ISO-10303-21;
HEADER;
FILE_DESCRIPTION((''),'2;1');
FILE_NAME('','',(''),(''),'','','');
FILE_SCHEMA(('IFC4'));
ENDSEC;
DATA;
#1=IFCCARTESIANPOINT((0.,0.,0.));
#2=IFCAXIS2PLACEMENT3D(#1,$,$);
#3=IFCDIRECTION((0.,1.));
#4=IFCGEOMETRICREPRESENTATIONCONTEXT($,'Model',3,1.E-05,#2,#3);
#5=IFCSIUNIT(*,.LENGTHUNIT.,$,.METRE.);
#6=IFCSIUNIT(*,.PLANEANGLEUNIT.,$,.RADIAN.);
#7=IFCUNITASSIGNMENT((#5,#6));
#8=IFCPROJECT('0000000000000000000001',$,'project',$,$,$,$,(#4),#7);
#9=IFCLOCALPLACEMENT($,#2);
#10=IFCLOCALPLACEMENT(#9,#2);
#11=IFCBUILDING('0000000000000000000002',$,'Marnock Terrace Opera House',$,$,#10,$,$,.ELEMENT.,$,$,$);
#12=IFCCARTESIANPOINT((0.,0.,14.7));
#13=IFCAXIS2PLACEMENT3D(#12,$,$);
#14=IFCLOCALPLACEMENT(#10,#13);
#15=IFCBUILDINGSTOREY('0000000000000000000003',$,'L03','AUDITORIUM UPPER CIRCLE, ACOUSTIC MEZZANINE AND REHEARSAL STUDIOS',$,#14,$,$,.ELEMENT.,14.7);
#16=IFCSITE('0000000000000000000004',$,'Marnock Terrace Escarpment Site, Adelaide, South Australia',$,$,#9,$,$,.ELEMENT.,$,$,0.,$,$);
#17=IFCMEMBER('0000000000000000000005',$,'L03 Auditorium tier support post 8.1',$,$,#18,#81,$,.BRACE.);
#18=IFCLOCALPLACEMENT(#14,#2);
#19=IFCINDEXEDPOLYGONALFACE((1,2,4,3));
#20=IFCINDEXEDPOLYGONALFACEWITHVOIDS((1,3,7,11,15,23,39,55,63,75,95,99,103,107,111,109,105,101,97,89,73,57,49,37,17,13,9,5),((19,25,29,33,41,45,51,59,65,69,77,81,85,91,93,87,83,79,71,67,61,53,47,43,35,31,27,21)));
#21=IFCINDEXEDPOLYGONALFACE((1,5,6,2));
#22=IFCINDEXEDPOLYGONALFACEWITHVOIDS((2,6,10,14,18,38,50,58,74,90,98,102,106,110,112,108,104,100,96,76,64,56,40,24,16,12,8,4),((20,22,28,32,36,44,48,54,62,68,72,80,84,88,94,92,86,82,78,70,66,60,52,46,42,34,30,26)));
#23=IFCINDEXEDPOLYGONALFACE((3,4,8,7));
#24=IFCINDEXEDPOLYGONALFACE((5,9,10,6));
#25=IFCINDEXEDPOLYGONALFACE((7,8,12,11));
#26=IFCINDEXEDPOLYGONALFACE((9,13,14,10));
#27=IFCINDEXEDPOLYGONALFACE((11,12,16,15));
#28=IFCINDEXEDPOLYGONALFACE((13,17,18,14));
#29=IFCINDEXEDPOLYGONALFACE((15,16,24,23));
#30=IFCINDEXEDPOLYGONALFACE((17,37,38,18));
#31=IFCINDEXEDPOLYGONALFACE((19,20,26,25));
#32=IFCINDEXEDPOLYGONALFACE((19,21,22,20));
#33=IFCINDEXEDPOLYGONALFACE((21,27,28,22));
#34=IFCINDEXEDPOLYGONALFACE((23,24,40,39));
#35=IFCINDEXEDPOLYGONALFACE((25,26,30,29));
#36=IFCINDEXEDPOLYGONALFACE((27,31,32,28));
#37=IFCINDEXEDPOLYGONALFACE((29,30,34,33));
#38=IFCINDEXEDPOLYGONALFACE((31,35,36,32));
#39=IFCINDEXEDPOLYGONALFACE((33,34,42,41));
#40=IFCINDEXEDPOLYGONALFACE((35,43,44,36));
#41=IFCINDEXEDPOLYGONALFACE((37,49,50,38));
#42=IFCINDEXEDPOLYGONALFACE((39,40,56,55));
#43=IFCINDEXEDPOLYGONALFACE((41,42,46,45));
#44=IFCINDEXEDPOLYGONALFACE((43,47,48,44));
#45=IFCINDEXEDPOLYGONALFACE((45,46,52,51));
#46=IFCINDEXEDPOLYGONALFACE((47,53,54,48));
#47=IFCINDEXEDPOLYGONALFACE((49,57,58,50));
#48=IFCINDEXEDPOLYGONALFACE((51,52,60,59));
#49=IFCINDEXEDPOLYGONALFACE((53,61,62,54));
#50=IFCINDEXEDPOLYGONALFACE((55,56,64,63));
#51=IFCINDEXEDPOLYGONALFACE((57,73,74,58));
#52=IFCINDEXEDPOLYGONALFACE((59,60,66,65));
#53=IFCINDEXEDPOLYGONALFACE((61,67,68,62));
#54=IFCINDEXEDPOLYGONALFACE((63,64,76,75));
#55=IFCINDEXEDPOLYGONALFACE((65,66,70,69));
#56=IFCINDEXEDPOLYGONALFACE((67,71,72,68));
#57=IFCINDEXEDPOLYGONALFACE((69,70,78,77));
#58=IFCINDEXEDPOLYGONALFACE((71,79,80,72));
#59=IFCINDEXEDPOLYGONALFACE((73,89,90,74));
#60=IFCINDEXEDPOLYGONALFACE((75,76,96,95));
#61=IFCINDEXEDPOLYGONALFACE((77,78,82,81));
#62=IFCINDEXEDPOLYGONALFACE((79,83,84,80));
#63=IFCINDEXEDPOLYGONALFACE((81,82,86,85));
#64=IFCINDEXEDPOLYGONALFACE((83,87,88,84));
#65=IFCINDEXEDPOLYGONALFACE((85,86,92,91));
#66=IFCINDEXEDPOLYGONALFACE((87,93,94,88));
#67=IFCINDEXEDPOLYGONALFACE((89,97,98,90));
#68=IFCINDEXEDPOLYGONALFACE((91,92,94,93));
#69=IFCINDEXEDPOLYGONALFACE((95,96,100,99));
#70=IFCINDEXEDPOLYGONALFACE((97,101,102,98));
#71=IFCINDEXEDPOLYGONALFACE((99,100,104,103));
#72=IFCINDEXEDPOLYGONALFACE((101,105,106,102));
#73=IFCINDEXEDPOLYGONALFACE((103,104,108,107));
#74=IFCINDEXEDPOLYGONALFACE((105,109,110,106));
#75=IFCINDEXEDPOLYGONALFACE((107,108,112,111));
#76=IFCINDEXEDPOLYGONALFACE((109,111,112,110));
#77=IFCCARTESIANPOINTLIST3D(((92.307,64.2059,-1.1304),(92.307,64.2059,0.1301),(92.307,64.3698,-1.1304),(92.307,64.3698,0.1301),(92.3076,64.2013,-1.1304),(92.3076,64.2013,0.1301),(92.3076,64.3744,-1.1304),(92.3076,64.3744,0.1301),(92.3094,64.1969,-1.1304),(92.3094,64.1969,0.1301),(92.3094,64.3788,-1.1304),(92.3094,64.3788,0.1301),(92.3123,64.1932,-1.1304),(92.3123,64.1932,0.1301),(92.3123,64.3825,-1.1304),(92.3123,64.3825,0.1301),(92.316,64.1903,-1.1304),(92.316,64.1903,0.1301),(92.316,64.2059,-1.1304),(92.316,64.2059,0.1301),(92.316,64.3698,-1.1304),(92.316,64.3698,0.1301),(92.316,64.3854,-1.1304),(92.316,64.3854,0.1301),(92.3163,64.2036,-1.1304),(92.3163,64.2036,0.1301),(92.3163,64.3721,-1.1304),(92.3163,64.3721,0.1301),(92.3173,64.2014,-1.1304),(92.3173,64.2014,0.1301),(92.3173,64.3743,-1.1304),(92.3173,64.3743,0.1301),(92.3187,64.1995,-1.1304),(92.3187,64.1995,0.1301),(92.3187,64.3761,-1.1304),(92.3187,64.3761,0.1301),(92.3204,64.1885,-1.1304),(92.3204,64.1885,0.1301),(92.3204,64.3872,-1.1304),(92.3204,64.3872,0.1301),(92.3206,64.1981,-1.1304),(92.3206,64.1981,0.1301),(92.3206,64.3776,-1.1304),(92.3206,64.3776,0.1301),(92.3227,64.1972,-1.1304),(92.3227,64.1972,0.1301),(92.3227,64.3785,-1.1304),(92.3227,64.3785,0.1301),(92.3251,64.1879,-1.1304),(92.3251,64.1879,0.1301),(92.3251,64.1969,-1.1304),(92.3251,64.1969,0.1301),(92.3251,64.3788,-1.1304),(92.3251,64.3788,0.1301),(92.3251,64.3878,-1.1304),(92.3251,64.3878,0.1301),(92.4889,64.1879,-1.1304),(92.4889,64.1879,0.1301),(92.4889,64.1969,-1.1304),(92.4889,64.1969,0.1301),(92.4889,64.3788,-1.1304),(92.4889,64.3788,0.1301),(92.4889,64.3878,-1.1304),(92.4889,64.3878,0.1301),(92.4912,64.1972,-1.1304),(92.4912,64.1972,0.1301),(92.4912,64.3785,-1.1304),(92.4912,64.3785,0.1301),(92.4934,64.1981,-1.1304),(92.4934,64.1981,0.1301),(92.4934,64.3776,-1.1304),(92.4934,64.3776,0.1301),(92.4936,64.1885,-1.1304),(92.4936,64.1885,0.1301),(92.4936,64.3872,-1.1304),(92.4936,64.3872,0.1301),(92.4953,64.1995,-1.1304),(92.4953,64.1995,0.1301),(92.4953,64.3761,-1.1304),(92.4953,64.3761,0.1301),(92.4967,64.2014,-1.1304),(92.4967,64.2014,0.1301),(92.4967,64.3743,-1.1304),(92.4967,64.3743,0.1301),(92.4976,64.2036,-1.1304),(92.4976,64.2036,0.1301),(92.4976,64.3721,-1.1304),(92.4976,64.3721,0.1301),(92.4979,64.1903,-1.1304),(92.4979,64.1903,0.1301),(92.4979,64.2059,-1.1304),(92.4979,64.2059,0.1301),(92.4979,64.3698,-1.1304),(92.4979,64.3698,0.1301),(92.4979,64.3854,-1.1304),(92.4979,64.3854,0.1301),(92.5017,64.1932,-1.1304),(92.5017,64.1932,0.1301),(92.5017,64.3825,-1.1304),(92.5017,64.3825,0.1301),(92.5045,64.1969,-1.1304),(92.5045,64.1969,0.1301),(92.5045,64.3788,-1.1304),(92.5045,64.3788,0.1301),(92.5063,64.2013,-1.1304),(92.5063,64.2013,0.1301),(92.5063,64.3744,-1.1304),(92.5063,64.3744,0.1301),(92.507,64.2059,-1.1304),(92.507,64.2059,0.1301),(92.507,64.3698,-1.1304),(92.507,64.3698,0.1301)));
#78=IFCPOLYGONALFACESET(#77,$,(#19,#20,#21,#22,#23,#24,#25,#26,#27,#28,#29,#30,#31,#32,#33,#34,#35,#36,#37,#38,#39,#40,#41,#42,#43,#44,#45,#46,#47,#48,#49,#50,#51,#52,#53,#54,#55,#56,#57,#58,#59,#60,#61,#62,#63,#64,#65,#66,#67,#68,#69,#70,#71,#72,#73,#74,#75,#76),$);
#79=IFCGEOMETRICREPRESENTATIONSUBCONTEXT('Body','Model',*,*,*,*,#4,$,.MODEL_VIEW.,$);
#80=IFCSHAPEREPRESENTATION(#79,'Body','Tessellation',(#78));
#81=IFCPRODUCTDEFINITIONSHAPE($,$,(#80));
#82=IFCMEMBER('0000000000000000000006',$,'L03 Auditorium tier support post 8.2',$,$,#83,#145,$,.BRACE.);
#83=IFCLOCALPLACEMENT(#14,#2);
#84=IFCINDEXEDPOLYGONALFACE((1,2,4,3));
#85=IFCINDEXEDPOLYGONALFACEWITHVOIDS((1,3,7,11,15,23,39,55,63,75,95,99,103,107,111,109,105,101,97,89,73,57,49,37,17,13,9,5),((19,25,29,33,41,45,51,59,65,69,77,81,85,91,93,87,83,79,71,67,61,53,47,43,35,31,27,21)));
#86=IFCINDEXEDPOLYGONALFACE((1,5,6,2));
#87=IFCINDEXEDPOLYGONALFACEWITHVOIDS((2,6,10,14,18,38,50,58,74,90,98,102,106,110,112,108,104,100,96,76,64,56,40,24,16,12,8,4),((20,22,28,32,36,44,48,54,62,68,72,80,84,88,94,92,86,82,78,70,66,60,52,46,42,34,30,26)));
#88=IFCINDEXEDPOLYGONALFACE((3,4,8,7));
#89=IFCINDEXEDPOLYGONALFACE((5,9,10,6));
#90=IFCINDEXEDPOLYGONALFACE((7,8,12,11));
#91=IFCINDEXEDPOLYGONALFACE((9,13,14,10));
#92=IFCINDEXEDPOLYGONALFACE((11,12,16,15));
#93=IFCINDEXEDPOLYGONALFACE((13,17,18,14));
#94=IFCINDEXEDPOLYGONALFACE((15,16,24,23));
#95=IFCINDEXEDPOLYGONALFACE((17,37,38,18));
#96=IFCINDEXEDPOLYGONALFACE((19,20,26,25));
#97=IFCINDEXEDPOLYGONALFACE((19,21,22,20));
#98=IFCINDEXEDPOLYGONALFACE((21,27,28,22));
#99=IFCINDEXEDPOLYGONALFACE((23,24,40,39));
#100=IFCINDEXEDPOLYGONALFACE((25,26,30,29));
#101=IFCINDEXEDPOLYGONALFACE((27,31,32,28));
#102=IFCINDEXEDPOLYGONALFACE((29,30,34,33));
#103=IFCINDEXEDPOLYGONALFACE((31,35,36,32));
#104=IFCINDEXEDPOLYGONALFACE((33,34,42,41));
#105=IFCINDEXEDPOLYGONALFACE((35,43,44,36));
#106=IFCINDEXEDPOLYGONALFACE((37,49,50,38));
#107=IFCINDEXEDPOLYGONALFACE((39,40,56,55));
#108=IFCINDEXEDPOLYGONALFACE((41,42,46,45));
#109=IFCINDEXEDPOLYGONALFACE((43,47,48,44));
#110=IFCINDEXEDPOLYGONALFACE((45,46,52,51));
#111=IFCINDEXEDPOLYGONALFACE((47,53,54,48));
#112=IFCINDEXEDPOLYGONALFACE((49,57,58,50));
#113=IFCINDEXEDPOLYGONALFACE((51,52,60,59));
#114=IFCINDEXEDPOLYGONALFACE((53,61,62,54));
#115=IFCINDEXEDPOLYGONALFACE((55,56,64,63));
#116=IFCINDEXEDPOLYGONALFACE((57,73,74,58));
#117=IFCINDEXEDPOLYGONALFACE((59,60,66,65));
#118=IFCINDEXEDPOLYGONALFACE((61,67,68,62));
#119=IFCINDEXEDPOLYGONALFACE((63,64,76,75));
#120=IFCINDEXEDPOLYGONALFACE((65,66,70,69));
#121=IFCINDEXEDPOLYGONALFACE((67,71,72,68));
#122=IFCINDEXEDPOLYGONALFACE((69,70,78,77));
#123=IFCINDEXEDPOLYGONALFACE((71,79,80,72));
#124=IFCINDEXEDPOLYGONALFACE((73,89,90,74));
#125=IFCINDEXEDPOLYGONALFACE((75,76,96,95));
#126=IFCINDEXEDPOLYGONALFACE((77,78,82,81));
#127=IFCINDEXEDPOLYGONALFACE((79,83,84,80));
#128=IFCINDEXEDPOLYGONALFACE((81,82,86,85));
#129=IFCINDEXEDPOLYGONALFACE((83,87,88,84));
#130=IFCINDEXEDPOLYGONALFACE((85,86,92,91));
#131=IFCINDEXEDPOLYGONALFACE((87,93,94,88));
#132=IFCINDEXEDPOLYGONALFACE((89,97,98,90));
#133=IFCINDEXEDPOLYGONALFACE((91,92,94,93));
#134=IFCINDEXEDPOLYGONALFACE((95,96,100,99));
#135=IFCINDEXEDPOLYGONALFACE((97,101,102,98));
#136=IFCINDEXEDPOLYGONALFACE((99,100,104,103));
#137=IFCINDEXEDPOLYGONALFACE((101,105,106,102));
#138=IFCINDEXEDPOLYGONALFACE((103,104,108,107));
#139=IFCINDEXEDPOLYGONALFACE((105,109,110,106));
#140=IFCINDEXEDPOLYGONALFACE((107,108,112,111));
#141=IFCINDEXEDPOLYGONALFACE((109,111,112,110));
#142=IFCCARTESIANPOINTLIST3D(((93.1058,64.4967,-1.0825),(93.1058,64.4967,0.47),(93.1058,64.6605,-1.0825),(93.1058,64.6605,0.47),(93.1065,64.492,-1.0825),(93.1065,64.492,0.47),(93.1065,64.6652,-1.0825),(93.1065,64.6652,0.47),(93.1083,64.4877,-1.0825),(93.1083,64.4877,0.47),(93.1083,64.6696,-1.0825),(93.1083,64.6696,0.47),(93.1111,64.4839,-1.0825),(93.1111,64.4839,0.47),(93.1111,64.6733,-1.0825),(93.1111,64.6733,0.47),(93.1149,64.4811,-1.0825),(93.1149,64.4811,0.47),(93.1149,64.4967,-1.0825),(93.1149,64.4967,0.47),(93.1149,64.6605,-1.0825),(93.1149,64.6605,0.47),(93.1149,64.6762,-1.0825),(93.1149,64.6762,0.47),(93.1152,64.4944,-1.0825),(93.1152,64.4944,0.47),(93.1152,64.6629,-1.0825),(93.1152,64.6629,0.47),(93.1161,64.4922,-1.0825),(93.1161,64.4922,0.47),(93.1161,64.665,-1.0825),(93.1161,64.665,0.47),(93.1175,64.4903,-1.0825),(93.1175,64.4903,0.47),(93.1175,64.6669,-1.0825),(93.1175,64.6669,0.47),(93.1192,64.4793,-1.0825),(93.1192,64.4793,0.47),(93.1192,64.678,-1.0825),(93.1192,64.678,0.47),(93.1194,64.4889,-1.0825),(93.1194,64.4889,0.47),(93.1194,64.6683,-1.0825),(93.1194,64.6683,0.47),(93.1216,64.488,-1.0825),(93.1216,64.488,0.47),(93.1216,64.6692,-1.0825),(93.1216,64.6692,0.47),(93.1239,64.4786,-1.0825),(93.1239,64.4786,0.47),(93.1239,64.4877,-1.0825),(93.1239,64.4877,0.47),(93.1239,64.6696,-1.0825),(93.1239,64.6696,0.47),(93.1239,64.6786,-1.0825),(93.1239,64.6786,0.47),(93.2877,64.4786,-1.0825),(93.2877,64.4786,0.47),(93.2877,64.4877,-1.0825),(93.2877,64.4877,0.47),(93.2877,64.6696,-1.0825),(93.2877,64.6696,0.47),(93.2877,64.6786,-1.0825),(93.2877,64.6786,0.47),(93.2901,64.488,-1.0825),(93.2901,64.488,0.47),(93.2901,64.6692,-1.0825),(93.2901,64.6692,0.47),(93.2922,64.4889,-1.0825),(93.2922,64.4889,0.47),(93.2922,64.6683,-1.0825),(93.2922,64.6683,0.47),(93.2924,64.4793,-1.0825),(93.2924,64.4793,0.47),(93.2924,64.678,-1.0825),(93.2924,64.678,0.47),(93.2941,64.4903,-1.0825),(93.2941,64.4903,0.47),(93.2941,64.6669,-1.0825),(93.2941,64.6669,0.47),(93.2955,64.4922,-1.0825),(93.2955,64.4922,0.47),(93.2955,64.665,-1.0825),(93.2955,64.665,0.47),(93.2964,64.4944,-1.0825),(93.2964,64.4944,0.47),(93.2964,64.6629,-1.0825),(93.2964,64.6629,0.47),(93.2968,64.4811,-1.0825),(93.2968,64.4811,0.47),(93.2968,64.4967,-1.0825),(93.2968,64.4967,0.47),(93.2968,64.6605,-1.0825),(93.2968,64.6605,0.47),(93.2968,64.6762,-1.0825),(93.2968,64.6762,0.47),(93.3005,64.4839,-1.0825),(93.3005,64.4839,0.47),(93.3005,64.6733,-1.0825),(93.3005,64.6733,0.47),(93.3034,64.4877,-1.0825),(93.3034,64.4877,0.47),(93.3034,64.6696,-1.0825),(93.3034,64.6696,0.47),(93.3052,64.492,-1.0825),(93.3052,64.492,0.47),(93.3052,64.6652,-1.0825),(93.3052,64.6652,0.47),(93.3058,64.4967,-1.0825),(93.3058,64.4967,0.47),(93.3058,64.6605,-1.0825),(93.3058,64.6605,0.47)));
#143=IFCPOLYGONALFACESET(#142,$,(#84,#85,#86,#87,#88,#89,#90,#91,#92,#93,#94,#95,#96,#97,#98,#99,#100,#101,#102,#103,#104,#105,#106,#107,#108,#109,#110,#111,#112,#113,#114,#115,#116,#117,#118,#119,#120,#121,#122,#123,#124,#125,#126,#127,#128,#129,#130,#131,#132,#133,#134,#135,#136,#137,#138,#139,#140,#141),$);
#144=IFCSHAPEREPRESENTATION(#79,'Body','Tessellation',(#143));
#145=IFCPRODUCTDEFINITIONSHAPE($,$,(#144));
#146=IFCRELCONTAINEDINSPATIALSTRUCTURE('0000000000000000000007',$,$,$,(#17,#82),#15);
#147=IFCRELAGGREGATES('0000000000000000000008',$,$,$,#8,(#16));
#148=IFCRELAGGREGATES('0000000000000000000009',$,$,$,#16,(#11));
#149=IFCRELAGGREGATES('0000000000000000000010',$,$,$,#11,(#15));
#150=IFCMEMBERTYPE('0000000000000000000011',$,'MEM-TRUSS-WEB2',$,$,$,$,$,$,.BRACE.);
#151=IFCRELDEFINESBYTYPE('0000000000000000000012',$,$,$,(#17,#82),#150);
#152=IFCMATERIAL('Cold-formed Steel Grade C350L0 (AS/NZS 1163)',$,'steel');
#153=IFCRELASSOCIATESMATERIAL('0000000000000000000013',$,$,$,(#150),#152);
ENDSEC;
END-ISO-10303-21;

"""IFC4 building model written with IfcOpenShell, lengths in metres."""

from ifc_helpers import new_model, si_unit, direction, frame, origin, origin_2d, place, context, subcontext, project, spatial, hollow_rectangle, extrude, material, material_profile, profile_set, type_object, element, save


model = new_model("IFC4")

# Units and contexts
model_context = context("Model", 3, precision=1e-05, world=origin(), true_north=direction((0.0, 1.0)))
body_context = subcontext(model_context, "Body", "Model", "MODEL_VIEW")
ifc_project = project(units=[si_unit("LENGTHUNIT", "METRE"), si_unit("PLANEANGLEUNIT", "RADIAN")], contexts=[model_context])

# Site, building, storey
site_placement = place(None, origin())
site = spatial("IfcSite", under=ifc_project, at=site_placement, Name="Marnock Terrace Escarpment Site, Adelaide, South Australia", CompositionType="ELEMENT", RefElevation=0.0)
building_placement = place(site_placement, origin())
building = spatial("IfcBuilding", under=site, at=building_placement, Name="Marnock Terrace Opera House", CompositionType="ELEMENT")
storey_placement = place(building_placement, frame((0.0, 0.0, 14.7)))
storey = spatial("IfcBuildingStorey", under=building, at=storey_placement, Name="L03", Description="AUDITORIUM UPPER CIRCLE, ACOUSTIC MEZZANINE AND REHEARSAL STUDIOS", CompositionType="ELEMENT", Elevation=14.7)

# Members
ifc_material_1 = material(Name="Cold-formed Steel Grade C350L0 (AS/NZS 1163)", Category="steel")
ifc_material_profile_1 = material_profile(ifc_material_1, hollow_rectangle(XDim=0.2, YDim=0.2, WallThickness=0.009, InnerFilletRadius=0.009, OuterFilletRadius=0.0181, at=origin_2d()))
ifc_profile_set_1 = profile_set([ifc_material_profile_1], Name="Cold-formed Steel Grade C350L0 (AS/NZS 1163)")
member_type = type_object("IfcMemberType", Name="MEM-TRUSS-WEB2", PredefinedType="BRACE", material=ifc_profile_set_1)
member_1_placement = place(storey_placement, frame((92.407, 64.2878, -1.1304), z_axis=(0.0, 0.0, 1.0), x_axis=(1.0, 0.0, 0.0)))
element("IfcMember", 1, at=member_1_placement, inside=storey, type_object=member_type, Name="L03 Auditorium tier support post 8.1", PredefinedType="BRACE", context=body_context, shape_type="SweptSolid", body=[
    extrude(hollow_rectangle(XDim=0.2, YDim=0.2, WallThickness=0.009, InnerFilletRadius=0.009, OuterFilletRadius=0.0181, at=origin_2d()), origin(), (0.0, 0.0, 1.0), 1.2605),
])
member_2_placement = place(storey_placement, frame((93.2058, 64.5786, -1.0825), z_axis=(0.0, 0.0, 1.0), x_axis=(1.0, 0.0, 0.0)))
element("IfcMember", 2, at=member_2_placement, inside=storey, type_object=member_type, Name="L03 Auditorium tier support post 8.2", PredefinedType="BRACE", context=body_context, shape_type="SweptSolid", body=[
    extrude(hollow_rectangle(XDim=0.2, YDim=0.2, WallThickness=0.009, InnerFilletRadius=0.009, OuterFilletRadius=0.0181, at=origin_2d()), origin(), (0.0, 0.0, 1.0), 1.5525),
])

save(model, "model.ifc")
